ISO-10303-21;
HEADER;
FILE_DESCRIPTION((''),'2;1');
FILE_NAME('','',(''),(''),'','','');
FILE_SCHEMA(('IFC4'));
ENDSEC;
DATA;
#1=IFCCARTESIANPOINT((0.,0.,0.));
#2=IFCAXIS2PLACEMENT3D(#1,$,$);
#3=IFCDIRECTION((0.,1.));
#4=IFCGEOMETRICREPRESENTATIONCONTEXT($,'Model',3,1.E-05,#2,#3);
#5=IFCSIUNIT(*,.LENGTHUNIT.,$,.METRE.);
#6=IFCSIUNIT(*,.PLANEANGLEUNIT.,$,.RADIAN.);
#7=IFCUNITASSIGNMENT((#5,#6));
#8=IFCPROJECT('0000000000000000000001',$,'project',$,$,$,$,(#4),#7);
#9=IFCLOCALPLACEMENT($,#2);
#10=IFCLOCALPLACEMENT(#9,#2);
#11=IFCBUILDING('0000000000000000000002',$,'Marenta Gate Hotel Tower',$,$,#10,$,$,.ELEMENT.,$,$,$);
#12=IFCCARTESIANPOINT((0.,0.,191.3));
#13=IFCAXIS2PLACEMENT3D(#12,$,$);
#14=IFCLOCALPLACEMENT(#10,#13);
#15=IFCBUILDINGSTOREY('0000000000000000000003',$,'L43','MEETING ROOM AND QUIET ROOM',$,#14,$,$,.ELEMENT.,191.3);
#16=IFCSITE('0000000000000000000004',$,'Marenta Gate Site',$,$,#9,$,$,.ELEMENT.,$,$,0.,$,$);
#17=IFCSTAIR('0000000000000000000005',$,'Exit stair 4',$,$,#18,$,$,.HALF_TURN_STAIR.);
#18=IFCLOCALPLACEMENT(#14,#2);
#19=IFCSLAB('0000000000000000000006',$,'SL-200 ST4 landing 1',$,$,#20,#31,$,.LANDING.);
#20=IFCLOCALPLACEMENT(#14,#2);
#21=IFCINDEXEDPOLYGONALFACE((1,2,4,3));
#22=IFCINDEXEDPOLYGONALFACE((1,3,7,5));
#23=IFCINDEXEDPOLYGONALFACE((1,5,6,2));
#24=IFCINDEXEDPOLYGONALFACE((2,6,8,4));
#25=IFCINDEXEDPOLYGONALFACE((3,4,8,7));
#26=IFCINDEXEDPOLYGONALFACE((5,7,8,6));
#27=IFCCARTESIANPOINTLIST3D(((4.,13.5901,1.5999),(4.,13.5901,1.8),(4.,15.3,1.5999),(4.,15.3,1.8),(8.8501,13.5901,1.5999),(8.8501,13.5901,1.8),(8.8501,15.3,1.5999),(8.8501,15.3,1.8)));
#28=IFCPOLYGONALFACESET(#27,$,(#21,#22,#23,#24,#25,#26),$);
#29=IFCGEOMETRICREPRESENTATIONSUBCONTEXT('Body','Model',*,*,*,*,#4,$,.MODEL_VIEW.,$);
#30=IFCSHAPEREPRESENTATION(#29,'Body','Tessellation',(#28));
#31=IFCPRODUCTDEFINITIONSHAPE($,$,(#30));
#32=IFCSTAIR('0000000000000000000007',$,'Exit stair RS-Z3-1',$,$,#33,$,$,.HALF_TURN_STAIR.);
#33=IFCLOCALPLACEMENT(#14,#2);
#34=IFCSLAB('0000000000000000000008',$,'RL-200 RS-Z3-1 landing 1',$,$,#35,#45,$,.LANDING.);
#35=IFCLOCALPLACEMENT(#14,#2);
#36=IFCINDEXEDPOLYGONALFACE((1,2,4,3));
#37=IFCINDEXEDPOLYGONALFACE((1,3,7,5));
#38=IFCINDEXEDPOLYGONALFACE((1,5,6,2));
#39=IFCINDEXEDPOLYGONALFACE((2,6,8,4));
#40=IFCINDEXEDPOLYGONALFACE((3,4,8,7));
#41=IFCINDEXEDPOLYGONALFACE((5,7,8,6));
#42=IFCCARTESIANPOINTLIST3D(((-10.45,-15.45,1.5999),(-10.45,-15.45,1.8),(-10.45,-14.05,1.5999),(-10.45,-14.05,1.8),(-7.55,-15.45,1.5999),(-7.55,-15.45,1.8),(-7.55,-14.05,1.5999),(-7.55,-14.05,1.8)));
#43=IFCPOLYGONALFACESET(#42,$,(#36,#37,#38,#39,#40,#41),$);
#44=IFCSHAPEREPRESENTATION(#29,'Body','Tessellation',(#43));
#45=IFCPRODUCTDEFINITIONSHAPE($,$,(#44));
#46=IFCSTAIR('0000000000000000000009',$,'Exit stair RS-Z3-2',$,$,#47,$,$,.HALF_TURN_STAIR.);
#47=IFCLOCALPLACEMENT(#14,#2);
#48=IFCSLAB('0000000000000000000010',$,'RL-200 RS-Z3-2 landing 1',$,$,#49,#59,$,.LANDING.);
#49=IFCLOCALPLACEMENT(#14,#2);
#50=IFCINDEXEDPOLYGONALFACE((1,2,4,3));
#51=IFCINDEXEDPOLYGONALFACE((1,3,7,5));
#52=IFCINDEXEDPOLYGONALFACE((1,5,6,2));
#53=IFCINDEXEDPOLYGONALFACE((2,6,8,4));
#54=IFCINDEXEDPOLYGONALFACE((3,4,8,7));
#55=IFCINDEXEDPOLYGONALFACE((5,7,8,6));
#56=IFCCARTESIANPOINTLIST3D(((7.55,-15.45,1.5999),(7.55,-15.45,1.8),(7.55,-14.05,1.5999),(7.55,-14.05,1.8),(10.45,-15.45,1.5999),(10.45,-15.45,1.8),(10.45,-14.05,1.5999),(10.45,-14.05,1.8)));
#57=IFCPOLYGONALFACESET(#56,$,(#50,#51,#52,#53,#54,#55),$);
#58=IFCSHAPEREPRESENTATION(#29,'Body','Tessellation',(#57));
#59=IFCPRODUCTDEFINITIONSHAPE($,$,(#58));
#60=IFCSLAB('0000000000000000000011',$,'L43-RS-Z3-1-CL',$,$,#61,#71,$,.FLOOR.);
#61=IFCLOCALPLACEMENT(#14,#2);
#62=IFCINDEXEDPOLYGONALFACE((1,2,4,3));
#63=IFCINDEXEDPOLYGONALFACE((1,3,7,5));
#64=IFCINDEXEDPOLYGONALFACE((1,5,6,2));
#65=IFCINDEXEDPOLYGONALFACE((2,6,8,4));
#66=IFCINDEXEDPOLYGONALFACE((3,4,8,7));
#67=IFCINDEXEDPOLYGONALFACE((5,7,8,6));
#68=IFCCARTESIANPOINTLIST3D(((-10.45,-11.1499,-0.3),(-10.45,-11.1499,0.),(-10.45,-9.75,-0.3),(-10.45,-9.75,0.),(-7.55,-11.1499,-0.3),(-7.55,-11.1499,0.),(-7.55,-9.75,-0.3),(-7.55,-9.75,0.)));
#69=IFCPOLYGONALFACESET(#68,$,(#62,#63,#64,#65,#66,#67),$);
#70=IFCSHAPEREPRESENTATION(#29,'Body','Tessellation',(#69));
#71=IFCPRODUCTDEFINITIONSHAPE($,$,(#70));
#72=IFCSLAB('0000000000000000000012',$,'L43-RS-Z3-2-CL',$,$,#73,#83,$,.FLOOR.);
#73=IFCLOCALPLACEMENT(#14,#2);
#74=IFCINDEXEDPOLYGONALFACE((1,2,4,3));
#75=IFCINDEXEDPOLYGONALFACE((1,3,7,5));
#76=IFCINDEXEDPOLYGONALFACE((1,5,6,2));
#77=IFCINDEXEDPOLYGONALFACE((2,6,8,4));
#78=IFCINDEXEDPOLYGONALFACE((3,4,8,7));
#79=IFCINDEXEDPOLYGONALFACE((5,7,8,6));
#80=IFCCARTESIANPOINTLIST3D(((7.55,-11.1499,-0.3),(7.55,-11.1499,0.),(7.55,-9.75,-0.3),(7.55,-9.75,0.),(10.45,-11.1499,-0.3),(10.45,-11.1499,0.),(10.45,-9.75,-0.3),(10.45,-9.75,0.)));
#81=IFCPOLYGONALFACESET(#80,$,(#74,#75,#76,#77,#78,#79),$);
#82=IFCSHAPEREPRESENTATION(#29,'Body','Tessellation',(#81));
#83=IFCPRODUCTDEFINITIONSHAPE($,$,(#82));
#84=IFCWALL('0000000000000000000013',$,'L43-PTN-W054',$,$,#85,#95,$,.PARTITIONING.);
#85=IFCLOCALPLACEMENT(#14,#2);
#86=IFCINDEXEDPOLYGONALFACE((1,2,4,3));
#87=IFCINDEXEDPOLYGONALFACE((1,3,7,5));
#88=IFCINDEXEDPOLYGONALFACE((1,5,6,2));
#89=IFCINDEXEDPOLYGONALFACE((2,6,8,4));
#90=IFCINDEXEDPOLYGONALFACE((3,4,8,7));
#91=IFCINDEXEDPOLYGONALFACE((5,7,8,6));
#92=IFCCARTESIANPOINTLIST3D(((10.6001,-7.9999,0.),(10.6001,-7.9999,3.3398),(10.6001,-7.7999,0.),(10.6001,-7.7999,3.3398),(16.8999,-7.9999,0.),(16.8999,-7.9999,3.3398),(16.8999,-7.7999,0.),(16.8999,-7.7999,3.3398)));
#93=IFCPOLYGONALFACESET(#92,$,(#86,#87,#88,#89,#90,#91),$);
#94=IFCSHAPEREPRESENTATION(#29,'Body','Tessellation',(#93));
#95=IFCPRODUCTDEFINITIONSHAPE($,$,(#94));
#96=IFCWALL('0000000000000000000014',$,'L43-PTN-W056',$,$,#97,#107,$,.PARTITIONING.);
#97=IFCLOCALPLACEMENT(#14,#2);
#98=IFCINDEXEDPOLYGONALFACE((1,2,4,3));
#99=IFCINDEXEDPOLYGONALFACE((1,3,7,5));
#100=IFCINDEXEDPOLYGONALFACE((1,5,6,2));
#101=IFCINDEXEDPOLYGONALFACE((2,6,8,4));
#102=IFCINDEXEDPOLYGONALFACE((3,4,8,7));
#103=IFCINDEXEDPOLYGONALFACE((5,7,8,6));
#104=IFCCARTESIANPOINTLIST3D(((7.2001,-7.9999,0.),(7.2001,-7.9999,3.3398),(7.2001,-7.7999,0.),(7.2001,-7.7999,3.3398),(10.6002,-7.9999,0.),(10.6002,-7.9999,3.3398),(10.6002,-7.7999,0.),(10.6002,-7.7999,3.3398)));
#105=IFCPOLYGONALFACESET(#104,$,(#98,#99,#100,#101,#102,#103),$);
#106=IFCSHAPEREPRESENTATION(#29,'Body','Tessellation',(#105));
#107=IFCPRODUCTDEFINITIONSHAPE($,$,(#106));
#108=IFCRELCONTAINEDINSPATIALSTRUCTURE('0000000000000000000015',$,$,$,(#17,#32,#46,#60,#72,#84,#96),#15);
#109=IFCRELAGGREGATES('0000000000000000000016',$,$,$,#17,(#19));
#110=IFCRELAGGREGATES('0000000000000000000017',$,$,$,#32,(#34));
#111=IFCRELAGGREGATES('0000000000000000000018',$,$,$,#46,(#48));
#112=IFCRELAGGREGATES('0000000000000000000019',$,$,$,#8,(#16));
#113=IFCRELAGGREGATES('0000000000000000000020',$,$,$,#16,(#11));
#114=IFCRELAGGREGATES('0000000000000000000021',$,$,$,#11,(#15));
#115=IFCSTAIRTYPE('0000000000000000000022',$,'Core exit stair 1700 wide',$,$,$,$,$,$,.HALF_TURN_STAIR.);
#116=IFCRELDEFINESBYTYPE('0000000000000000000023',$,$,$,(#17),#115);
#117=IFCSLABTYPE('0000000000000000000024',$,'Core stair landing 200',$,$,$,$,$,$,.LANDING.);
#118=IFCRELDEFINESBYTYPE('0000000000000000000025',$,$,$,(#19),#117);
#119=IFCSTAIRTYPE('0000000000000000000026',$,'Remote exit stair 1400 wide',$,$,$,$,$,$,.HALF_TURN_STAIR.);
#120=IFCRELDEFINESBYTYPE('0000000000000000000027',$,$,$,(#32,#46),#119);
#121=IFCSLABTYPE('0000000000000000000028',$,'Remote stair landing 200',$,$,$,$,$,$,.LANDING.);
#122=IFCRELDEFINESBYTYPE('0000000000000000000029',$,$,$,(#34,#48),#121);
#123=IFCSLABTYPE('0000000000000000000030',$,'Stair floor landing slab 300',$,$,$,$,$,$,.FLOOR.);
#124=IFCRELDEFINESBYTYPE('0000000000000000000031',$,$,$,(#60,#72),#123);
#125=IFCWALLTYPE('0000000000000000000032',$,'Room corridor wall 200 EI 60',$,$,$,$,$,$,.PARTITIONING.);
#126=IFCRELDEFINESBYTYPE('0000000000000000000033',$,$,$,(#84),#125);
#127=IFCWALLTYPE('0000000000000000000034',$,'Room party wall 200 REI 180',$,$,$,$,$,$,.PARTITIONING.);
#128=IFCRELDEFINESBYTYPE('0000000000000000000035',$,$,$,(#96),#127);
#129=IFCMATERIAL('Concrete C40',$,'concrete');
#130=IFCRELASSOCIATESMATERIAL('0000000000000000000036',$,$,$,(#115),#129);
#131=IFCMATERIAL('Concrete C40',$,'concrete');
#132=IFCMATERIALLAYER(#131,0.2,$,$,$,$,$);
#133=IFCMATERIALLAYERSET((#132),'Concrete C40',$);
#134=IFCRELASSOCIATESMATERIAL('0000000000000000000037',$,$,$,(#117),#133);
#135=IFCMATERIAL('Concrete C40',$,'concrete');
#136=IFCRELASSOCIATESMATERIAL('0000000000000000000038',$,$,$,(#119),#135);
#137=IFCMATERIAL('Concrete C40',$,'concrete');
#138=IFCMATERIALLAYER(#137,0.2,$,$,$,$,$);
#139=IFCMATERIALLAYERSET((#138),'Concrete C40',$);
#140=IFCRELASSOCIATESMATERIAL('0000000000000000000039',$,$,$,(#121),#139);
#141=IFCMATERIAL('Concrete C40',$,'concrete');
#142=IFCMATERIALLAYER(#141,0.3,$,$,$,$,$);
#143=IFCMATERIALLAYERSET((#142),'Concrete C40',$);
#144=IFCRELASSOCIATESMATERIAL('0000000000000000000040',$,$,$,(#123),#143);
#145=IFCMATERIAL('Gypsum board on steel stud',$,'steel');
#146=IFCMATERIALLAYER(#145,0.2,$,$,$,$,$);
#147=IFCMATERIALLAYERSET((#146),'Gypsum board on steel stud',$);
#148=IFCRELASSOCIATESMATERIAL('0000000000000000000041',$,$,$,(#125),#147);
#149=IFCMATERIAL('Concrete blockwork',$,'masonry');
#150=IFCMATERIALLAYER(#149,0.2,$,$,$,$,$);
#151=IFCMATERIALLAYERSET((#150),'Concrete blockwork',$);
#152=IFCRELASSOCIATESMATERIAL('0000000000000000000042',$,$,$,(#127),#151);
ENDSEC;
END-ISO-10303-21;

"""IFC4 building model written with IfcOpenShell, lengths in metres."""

from ifc_helpers import new_model, si_unit, direction, frame, frame_2d, origin, place, context, subcontext, project, spatial, polyline, rectangle, outline, extrude, material, layer, layer_set, type_object, element, aggregate, save


model = new_model("IFC4")

# Units and contexts
model_context = context("Model", 3, precision=1e-05, world=origin(), true_north=direction((0.0, 1.0)))
body_context = subcontext(model_context, "Body", "Model", "MODEL_VIEW")
ifc_project = project(units=[si_unit("LENGTHUNIT", "METRE"), si_unit("PLANEANGLEUNIT", "RADIAN")], contexts=[model_context])

# Site, building, storey
site_placement = place(None, origin())
site = spatial("IfcSite", under=ifc_project, at=site_placement, Name="Marenta Gate Site", CompositionType="ELEMENT", RefElevation=0.0)
building_placement = place(site_placement, origin())
building = spatial("IfcBuilding", under=site, at=building_placement, Name="Marenta Gate Hotel Tower", CompositionType="ELEMENT")
storey_placement = place(building_placement, frame((0.0, 0.0, 191.3)))
storey = spatial("IfcBuildingStorey", under=building, at=storey_placement, Name="L43", Description="MEETING ROOM AND QUIET ROOM", CompositionType="ELEMENT", Elevation=191.3)

# Stairs, slabs
ifc_material_1 = material(Name="Concrete C40", Category="concrete")
stair_type_1 = type_object("IfcStairType", Name="Core exit stair 1700 wide", PredefinedType="HALF_TURN_STAIR", material=ifc_material_1)
ifc_material_2 = material(Name="Concrete C40", Category="concrete")
ifc_layer_1 = layer(ifc_material_2, 0.2)
ifc_layer_set_1 = layer_set([ifc_layer_1], Name="Concrete C40")
slab_type_1 = type_object("IfcSlabType", Name="Core stair landing 200", PredefinedType="LANDING", material=ifc_layer_set_1)
stair_1_placement = place(storey_placement, origin())
stair_1 = element("IfcStair", 1, at=stair_1_placement, inside=storey, type_object=stair_type_1, Name="Exit stair 4", PredefinedType="HALF_TURN_STAIR")
slab_1_placement = place(storey_placement, frame((0.0, 0.0, 1.5999)))
slab_1 = element("IfcSlab", 2, at=slab_1_placement, type_object=slab_type_1, Name="SL-200 ST4 landing 1", PredefinedType="LANDING", context=body_context, shape_type="SweptSolid", body=[
    extrude(outline(polyline([(4.0, 13.5901), (8.8501, 13.5901), (8.8501, 15.3), (4.0, 15.3), (4.0, 13.5901)])), origin(), (0.0, 0.0, 1.0), 0.2002),
])
aggregate(stair_1, [slab_1])
ifc_material_3 = material(Name="Concrete C40", Category="concrete")
stair_type_2 = type_object("IfcStairType", Name="Remote exit stair 1400 wide", PredefinedType="HALF_TURN_STAIR", material=ifc_material_3)
stair_2_placement = place(storey_placement, origin())
stair_2 = element("IfcStair", 3, at=stair_2_placement, inside=storey, type_object=stair_type_2, Name="Exit stair RS-Z3-1", PredefinedType="HALF_TURN_STAIR")
ifc_material_4 = material(Name="Concrete C40", Category="concrete")
ifc_layer_2 = layer(ifc_material_4, 0.2)
ifc_layer_set_2 = layer_set([ifc_layer_2], Name="Concrete C40")
slab_type_2 = type_object("IfcSlabType", Name="Remote stair landing 200", PredefinedType="LANDING", material=ifc_layer_set_2)
slab_2_placement = place(storey_placement, frame((0.0, 0.0, 1.5999)))
slab_2 = element("IfcSlab", 4, at=slab_2_placement, type_object=slab_type_2, Name="RL-200 RS-Z3-1 landing 1", PredefinedType="LANDING", context=body_context, shape_type="SweptSolid", body=[
    extrude(outline(polyline([(-10.45, -15.45), (-7.55, -15.45), (-7.55, -14.05), (-10.45, -14.05), (-10.45, -15.45)])), origin(), (0.0, 0.0, 1.0), 0.2002),
])
aggregate(stair_2, [slab_2])
stair_3_placement = place(storey_placement, origin())
stair_3 = element("IfcStair", 5, at=stair_3_placement, inside=storey, type_object=stair_type_2, Name="Exit stair RS-Z3-2", PredefinedType="HALF_TURN_STAIR")
slab_3_placement = place(storey_placement, frame((0.0, 0.0, 1.5999)))
slab_3 = element("IfcSlab", 6, at=slab_3_placement, type_object=slab_type_2, Name="RL-200 RS-Z3-2 landing 1", PredefinedType="LANDING", context=body_context, shape_type="SweptSolid", body=[
    extrude(outline(polyline([(7.55, -15.45), (10.45, -15.45), (10.45, -14.05), (7.55, -14.05), (7.55, -15.45)])), origin(), (0.0, 0.0, 1.0), 0.2002),
])
aggregate(stair_3, [slab_3])

# Slabs
ifc_material_5 = material(Name="Concrete C40", Category="concrete")
ifc_layer_3 = layer(ifc_material_5, 0.3)
ifc_layer_set_3 = layer_set([ifc_layer_3], Name="Concrete C40")
slab_type_3 = type_object("IfcSlabType", Name="Stair floor landing slab 300", PredefinedType="FLOOR", material=ifc_layer_set_3)
slab_4_placement = place(storey_placement, frame((0.0, 0.0, -0.3)))
element("IfcSlab", 7, at=slab_4_placement, inside=storey, type_object=slab_type_3, Name="L43-RS-Z3-1-CL", PredefinedType="FLOOR", context=body_context, shape_type="SweptSolid", body=[
    extrude(outline(polyline([(-7.55, -11.1499), (-7.55, -9.75), (-10.45, -9.75), (-10.45, -11.1499), (-7.55, -11.1499)])), origin(), (0.0, 0.0, 1.0), 0.3),
])
slab_5_placement = place(storey_placement, frame((0.0, 0.0, -0.3)))
element("IfcSlab", 8, at=slab_5_placement, inside=storey, type_object=slab_type_3, Name="L43-RS-Z3-2-CL", PredefinedType="FLOOR", context=body_context, shape_type="SweptSolid", body=[
    extrude(outline(polyline([(10.45, -11.1499), (10.45, -9.75), (7.55, -9.75), (7.55, -11.1499), (10.45, -11.1499)])), origin(), (0.0, 0.0, 1.0), 0.3),
])

# Walls
ifc_material_6 = material(Name="Gypsum board on steel stud", Category="steel")
ifc_layer_4 = layer(ifc_material_6, 0.2)
ifc_layer_set_4 = layer_set([ifc_layer_4], Name="Gypsum board on steel stud")
wall_type_1 = type_object("IfcWallType", Name="Room corridor wall 200 EI 60", PredefinedType="PARTITIONING", material=ifc_layer_set_4)
wall_1_placement = place(storey_placement, frame((10.6001, -7.8999, 0.0), z_axis=(0.0, 0.0, 1.0), x_axis=(1.0, 0.0, 0.0)))
element("IfcWall", 9, at=wall_1_placement, inside=storey, type_object=wall_type_1, Name="L43-PTN-W054", PredefinedType="PARTITIONING", context=body_context, shape_type="SweptSolid", body=[
    extrude(rectangle(XDim=6.2998, YDim=0.2, at=frame_2d((3.1499, 0.0))), origin(), (0.0, 0.0, 1.0), 3.3398),
])
ifc_material_7 = material(Name="Concrete blockwork", Category="masonry")
ifc_layer_5 = layer(ifc_material_7, 0.2)
ifc_layer_set_5 = layer_set([ifc_layer_5], Name="Concrete blockwork")
wall_type_2 = type_object("IfcWallType", Name="Room party wall 200 REI 180", PredefinedType="PARTITIONING", material=ifc_layer_set_5)
wall_2_placement = place(storey_placement, frame((7.2, -7.8999, 0.0), z_axis=(0.0, 0.0, 1.0), x_axis=(1.0, 0.0, 0.0)))
element("IfcWall", 10, at=wall_2_placement, inside=storey, type_object=wall_type_2, Name="L43-PTN-W056", PredefinedType="PARTITIONING", context=body_context, shape_type="SweptSolid", body=[
    extrude(rectangle(XDim=3.4001, YDim=0.2, at=frame_2d((1.7002, 0.0))), origin(), (0.0, 0.0, 1.0), 3.3398),
])

save(model, "model.ifc")
